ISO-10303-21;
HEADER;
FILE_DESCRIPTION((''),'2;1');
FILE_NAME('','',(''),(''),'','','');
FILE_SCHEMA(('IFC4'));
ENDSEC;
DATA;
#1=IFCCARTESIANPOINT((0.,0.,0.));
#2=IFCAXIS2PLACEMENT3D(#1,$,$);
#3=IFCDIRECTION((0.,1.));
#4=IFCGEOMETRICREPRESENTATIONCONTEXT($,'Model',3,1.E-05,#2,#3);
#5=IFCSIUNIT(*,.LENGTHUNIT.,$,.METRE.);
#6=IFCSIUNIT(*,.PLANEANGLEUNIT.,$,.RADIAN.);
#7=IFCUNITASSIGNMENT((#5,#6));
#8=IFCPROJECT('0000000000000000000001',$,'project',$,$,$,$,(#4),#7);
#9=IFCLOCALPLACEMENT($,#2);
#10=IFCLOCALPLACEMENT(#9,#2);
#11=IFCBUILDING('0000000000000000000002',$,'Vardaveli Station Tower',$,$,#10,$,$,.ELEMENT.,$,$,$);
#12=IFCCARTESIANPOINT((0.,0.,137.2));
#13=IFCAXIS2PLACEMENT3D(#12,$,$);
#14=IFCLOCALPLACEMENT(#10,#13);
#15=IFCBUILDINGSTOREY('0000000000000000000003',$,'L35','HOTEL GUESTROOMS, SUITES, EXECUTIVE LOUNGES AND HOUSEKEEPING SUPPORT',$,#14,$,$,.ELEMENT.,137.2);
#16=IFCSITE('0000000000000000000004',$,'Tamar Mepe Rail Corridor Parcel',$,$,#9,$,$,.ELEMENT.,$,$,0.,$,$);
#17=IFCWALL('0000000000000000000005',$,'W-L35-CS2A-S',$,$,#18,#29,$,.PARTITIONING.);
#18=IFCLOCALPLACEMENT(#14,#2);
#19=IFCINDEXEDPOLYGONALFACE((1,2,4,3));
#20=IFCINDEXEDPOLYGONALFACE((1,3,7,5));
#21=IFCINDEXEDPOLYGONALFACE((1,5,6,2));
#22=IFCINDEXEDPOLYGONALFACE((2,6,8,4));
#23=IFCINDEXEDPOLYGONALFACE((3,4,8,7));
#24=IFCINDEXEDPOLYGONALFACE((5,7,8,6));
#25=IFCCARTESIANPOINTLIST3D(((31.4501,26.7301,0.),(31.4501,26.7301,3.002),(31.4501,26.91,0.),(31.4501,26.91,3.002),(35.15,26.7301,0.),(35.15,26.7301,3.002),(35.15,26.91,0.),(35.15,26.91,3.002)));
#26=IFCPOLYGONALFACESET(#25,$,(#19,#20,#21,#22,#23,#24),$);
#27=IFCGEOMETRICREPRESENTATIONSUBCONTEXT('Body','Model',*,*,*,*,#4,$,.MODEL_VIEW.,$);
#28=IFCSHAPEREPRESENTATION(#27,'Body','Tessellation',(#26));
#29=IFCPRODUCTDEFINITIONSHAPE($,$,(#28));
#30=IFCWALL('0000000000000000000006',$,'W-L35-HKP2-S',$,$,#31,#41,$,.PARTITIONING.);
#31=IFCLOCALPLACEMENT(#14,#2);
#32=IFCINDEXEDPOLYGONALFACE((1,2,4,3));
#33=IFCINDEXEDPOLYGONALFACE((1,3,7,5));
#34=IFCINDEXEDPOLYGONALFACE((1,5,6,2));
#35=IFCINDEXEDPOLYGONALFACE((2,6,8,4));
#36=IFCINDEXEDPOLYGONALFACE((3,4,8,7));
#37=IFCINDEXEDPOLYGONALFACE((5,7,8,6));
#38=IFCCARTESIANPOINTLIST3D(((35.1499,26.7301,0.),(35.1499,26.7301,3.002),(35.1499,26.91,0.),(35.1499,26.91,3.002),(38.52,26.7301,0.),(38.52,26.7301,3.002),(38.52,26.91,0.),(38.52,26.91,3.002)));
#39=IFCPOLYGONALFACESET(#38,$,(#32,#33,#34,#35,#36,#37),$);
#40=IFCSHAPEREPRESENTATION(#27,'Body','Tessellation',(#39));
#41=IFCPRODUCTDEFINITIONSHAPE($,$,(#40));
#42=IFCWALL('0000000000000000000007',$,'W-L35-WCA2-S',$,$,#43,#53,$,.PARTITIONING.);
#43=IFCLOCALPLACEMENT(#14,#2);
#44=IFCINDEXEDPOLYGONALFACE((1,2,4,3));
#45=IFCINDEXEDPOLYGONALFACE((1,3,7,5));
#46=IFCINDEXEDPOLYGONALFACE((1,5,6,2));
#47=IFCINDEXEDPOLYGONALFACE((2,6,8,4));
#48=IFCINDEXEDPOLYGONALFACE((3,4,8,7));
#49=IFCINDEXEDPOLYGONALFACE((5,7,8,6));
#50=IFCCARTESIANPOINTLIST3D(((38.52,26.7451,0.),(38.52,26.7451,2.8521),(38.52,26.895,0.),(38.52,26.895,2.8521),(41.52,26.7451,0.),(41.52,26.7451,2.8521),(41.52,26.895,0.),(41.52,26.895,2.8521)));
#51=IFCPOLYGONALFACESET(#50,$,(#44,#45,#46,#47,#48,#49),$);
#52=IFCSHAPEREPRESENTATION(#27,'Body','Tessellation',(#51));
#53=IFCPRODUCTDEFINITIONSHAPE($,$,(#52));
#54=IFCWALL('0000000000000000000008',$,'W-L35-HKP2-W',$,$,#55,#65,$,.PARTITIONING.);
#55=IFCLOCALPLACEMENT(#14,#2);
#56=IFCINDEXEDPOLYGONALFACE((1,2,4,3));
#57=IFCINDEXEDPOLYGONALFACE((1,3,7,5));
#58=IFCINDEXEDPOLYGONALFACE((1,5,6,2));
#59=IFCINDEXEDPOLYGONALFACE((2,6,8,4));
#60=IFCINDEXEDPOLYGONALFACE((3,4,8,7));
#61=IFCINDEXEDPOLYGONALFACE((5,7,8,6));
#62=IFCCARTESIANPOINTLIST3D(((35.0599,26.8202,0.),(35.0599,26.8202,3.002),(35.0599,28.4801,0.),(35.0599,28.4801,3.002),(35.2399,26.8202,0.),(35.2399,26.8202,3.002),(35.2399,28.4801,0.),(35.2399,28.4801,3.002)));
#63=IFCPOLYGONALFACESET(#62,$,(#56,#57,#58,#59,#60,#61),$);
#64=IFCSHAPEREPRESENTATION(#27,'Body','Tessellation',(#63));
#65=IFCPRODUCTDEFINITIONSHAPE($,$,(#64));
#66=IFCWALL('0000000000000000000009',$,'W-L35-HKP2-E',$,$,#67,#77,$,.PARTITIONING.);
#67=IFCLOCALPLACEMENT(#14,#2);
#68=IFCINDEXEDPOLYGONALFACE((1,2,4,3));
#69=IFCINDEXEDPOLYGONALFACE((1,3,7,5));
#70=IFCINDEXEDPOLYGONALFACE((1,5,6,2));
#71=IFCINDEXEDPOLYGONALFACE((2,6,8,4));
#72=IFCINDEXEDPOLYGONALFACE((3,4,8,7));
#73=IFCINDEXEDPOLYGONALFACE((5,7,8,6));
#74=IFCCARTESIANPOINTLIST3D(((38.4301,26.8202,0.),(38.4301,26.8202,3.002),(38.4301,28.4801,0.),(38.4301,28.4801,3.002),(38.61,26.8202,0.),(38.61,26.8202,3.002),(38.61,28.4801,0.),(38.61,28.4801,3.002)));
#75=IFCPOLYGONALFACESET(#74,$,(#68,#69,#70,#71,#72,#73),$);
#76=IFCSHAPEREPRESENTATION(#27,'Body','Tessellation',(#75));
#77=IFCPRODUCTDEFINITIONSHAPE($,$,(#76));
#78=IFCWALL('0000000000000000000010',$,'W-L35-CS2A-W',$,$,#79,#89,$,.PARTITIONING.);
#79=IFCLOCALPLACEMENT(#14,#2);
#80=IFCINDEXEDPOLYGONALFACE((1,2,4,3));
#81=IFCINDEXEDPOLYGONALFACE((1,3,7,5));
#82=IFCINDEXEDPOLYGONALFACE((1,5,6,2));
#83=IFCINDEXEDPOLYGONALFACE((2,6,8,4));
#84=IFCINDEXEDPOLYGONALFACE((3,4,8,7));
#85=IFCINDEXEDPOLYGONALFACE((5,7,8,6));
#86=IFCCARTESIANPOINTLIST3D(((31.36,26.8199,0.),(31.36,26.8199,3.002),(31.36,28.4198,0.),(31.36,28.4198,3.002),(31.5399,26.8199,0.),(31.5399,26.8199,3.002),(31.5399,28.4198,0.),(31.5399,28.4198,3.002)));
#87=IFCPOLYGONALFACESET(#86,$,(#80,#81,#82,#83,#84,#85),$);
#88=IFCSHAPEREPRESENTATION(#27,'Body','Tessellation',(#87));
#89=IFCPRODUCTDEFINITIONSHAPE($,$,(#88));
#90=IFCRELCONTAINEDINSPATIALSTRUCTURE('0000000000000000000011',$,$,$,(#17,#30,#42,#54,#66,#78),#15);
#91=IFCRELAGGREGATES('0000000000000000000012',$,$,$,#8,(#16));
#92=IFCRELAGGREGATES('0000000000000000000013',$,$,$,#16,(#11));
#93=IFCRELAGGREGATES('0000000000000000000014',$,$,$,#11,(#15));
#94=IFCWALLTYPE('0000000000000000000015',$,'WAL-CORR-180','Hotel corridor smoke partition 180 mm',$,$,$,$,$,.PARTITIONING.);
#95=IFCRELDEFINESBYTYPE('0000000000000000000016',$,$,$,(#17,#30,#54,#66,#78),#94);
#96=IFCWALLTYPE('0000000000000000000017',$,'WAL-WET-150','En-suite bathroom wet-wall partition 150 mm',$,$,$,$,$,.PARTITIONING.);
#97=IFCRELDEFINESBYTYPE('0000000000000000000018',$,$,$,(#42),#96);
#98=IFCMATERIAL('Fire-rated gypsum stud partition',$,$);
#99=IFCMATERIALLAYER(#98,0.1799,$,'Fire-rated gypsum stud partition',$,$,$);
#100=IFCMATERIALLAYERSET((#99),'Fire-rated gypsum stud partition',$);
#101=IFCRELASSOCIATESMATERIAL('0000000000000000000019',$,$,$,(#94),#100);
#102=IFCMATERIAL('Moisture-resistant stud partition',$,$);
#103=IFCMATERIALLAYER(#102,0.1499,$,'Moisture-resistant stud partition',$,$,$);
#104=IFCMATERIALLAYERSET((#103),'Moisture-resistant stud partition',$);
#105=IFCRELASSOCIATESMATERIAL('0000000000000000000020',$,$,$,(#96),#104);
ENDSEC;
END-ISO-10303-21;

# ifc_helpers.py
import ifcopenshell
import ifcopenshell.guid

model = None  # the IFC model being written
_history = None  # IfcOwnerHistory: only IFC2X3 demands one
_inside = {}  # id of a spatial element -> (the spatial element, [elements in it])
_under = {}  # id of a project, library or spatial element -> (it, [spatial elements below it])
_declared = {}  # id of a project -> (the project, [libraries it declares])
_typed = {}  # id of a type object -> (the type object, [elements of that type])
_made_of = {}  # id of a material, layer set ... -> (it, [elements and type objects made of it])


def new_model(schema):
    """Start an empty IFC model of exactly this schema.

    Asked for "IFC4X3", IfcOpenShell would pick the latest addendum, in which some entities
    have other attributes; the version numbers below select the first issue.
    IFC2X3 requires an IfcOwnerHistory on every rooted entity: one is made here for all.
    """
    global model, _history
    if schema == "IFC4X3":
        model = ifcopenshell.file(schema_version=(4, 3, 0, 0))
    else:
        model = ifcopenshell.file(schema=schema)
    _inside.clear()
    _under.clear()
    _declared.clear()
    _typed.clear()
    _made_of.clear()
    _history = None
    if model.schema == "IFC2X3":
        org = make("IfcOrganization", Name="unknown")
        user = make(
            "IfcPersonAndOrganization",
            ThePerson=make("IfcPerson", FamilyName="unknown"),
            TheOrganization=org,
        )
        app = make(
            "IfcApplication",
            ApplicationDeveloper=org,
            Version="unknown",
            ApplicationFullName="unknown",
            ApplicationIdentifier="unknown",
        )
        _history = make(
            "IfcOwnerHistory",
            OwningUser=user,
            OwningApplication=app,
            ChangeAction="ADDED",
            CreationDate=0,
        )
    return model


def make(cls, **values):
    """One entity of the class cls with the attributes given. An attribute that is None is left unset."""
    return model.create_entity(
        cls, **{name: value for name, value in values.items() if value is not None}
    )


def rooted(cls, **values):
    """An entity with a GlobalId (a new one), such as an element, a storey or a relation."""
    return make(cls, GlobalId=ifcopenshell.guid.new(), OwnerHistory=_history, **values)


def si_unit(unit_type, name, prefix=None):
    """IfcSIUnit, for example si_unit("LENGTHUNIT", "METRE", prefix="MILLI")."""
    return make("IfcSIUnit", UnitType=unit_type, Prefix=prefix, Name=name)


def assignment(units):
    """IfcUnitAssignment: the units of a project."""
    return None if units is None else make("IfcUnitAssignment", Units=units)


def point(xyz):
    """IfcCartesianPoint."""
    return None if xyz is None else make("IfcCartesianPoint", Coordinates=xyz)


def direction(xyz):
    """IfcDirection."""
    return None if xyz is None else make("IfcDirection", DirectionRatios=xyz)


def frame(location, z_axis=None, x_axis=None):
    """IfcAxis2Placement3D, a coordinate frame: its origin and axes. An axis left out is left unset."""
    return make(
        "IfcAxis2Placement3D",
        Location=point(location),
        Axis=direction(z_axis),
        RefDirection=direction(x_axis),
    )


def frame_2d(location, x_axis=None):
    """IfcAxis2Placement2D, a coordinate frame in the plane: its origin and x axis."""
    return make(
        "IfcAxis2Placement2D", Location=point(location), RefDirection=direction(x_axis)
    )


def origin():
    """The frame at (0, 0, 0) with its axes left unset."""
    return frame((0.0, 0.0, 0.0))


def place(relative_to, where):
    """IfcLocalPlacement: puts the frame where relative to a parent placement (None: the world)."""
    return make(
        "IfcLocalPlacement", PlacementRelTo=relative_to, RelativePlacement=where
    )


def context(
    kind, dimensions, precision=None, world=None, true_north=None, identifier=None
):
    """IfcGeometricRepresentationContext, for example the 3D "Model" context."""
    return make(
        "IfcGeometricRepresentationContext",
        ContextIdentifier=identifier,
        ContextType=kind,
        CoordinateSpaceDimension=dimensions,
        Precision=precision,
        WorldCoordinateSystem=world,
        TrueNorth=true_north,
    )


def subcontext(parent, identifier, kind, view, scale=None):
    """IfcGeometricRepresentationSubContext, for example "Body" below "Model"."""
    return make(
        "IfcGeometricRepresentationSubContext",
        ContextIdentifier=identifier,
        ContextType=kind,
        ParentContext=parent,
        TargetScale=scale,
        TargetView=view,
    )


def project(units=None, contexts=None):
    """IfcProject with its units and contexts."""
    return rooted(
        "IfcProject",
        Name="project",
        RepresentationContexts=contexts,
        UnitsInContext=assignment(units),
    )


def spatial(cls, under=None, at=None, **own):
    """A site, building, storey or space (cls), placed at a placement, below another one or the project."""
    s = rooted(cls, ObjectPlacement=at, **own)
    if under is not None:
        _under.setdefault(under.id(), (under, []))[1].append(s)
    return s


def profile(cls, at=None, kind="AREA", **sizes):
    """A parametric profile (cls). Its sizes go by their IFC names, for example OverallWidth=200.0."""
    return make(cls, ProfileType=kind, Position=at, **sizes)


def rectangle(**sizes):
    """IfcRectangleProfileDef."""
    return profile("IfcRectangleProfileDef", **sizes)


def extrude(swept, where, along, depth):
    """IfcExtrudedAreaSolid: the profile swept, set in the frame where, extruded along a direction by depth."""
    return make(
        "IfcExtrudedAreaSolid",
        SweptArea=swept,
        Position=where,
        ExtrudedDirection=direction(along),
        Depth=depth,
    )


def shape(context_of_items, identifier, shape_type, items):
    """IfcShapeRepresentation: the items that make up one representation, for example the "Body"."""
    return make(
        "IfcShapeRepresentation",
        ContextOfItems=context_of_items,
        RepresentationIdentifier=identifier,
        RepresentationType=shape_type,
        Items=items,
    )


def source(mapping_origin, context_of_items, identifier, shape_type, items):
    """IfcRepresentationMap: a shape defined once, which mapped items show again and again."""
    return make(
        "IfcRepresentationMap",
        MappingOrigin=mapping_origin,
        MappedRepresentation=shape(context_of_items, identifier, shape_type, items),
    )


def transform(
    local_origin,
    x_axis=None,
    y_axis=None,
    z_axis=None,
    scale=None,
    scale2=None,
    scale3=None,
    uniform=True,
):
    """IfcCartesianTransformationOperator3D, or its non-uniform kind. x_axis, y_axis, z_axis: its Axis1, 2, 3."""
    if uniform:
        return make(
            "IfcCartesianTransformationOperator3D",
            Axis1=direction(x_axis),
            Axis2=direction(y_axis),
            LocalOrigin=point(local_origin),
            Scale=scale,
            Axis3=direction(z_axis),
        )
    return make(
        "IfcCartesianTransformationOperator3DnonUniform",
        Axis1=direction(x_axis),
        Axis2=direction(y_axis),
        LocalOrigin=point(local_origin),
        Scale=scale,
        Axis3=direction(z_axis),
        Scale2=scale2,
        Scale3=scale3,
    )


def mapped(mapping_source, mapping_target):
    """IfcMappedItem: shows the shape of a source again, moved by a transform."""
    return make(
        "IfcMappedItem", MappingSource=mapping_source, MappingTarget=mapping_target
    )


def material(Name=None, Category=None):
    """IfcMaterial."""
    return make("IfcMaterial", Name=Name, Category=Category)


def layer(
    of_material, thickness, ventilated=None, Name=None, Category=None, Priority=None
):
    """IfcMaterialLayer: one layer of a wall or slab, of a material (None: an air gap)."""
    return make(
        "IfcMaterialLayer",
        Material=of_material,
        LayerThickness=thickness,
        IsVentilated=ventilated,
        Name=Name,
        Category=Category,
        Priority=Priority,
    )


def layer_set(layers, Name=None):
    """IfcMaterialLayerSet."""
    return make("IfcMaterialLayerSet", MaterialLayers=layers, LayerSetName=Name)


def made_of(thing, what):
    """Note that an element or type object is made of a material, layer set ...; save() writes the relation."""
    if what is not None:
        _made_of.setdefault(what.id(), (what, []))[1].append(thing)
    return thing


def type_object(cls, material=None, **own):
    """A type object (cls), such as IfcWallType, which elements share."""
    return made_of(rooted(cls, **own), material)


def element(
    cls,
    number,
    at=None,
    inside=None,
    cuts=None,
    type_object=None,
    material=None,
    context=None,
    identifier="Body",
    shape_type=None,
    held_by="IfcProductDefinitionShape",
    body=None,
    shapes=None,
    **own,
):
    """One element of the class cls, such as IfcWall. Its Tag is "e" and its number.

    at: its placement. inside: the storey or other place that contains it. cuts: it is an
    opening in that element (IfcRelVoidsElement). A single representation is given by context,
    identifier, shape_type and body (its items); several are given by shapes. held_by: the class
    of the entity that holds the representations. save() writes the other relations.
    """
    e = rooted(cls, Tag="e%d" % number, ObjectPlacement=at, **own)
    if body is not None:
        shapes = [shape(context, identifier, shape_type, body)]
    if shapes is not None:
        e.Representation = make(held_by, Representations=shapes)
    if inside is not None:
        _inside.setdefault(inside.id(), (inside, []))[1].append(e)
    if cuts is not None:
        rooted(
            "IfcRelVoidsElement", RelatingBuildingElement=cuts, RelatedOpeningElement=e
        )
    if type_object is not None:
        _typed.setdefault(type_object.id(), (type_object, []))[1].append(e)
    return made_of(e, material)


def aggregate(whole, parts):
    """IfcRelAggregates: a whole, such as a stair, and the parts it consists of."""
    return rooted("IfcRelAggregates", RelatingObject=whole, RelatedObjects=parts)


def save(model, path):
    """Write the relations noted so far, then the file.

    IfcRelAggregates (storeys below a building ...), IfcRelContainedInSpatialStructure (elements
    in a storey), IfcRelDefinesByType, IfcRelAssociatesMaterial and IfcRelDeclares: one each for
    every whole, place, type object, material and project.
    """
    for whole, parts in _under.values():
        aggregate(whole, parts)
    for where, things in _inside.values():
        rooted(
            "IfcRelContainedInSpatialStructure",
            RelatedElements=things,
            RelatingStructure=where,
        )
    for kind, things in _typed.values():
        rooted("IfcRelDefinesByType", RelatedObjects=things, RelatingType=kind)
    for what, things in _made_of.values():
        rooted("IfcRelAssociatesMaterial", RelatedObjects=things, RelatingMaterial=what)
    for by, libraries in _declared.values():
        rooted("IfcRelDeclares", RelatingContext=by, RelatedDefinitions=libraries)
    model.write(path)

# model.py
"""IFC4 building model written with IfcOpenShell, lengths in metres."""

from ifc_helpers import new_model, si_unit, direction, frame, frame_2d, origin, place, context, subcontext, project, spatial, rectangle, extrude, source, transform, mapped, material, layer, layer_set, type_object, element, save


model = new_model("IFC4")

# Units and contexts
model_context = context("Model", 3, precision=1e-05, world=origin(), true_north=direction((0.0, 1.0)))
body_context = subcontext(model_context, "Body", "Model", "MODEL_VIEW")
ifc_project = project(units=[si_unit("LENGTHUNIT", "METRE"), si_unit("PLANEANGLEUNIT", "RADIAN")], contexts=[model_context])

# Site, building, storey
site_placement = place(None, origin())
site = spatial("IfcSite", under=ifc_project, at=site_placement, Name="Tamar Mepe Rail Corridor Parcel", CompositionType="ELEMENT", RefElevation=0.0)
building_placement = place(site_placement, origin())
building = spatial("IfcBuilding", under=site, at=building_placement, Name="Vardaveli Station Tower", CompositionType="ELEMENT")
storey_placement = place(building_placement, frame((0.0, 0.0, 137.2)))
storey = spatial("IfcBuildingStorey", under=building, at=storey_placement, Name="L35", Description="HOTEL GUESTROOMS, SUITES, EXECUTIVE LOUNGES AND HOUSEKEEPING SUPPORT", CompositionType="ELEMENT", Elevation=137.2)

# Walls
ifc_material_1 = material(Name="Fire-rated gypsum stud partition")
ifc_layer_1 = layer(ifc_material_1, 0.1799, Name="Fire-rated gypsum stud partition")
ifc_layer_set_1 = layer_set([ifc_layer_1], Name="Fire-rated gypsum stud partition")
wall_type_1 = type_object("IfcWallType", Name="WAL-CORR-180", Description="Hotel corridor smoke partition 180 mm", PredefinedType="PARTITIONING", material=ifc_layer_set_1)
shared_shape_1 = source(origin(), body_context, "Body", "SweptSolid", [
    extrude(rectangle(XDim=3.7, YDim=0.1799, at=frame_2d((1.8501, 0.0))), origin(), (0.0, 0.0, 1.0), 3.002),
])
wall_1_placement = place(storey_placement, frame((31.45, 26.8201, 0.0), z_axis=(0.0, 0.0, 1.0), x_axis=(1.0, 0.0, 0.0)))
element("IfcWall", 1, at=wall_1_placement, inside=storey, type_object=wall_type_1, Name="W-L35-CS2A-S", PredefinedType="PARTITIONING", context=body_context, shape_type="MappedRepresentation", body=[
    mapped(shared_shape_1, transform((0.0, 0.0, 0.0), scale=1.0)),
])
shared_shape_2 = source(origin(), body_context, "Body", "SweptSolid", [
    extrude(rectangle(XDim=3.3701, YDim=0.1799, at=frame_2d((1.6851, 0.0))), origin(), (0.0, 0.0, 1.0), 3.002),
])
wall_2_placement = place(storey_placement, frame((35.1499, 26.8201, 0.0), z_axis=(0.0, 0.0, 1.0), x_axis=(1.0, 0.0, 0.0)))
element("IfcWall", 2, at=wall_2_placement, inside=storey, type_object=wall_type_1, Name="W-L35-HKP2-S", PredefinedType="PARTITIONING", context=body_context, shape_type="MappedRepresentation", body=[
    mapped(shared_shape_2, transform((0.0, 0.0, 0.0), scale=1.0)),
])
ifc_material_2 = material(Name="Moisture-resistant stud partition")
ifc_layer_2 = layer(ifc_material_2, 0.1499, Name="Moisture-resistant stud partition")
ifc_layer_set_2 = layer_set([ifc_layer_2], Name="Moisture-resistant stud partition")
wall_type_2 = type_object("IfcWallType", Name="WAL-WET-150", Description="En-suite bathroom wet-wall partition 150 mm", PredefinedType="PARTITIONING", material=ifc_layer_set_2)
shared_shape_3 = source(origin(), body_context, "Body", "SweptSolid", [
    extrude(rectangle(XDim=3.0, YDim=0.1499, at=frame_2d((1.5, 0.0))), origin(), (0.0, 0.0, 1.0), 2.8521),
])
wall_3_placement = place(storey_placement, frame((38.52, 26.8201, 0.0), z_axis=(0.0, 0.0, 1.0), x_axis=(1.0, 0.0, 0.0)))
element("IfcWall", 3, at=wall_3_placement, inside=storey, type_object=wall_type_2, Name="W-L35-WCA2-S", PredefinedType="PARTITIONING", context=body_context, shape_type="MappedRepresentation", body=[
    mapped(shared_shape_3, transform((0.0, 0.0, 0.0), scale=1.0)),
])
shared_shape_4 = source(origin(), body_context, "Body", "SweptSolid", [
    extrude(rectangle(XDim=1.6599, YDim=0.1799, at=frame_2d((0.8301, 0.0))), origin(), (0.0, 0.0, 1.0), 3.002),
])
for number, where, z_axis, x_axis, name in (
    (4, (35.1499, 26.8201, 0.0), (0.0, 0.0, 1.0), (0.0, 1.0, 0.0), "W-L35-HKP2-W"),
    (5, (38.52, 26.8201, 0.0), (0.0, 0.0, 1.0), (0.0, 1.0, 0.0), "W-L35-HKP2-E"),
):
    element("IfcWall", number, at=place(storey_placement, frame(where, z_axis=z_axis, x_axis=x_axis)), inside=storey, type_object=wall_type_1, Name=name, PredefinedType="PARTITIONING", context=body_context, shape_type="MappedRepresentation", body=[
        mapped(shared_shape_4, transform((0.0, 0.0, 0.0), scale=1.0)),
    ])
shared_shape_5 = source(origin(), body_context, "Body", "SweptSolid", [
    extrude(rectangle(XDim=1.5999, YDim=0.1799, at=frame_2d((0.7998, 0.0))), origin(), (0.0, 0.0, 1.0), 3.002),
])
wall_4_placement = place(storey_placement, frame((31.45, 26.8201, 0.0), z_axis=(0.0, 0.0, 1.0), x_axis=(0.0, 1.0, 0.0)))
element("IfcWall", 6, at=wall_4_placement, inside=storey, type_object=wall_type_1, Name="W-L35-CS2A-W", PredefinedType="PARTITIONING", context=body_context, shape_type="MappedRepresentation", body=[
    mapped(shared_shape_5, transform((0.0, 0.0, 0.0), scale=1.0)),
])

save(model, "model.ifc")
